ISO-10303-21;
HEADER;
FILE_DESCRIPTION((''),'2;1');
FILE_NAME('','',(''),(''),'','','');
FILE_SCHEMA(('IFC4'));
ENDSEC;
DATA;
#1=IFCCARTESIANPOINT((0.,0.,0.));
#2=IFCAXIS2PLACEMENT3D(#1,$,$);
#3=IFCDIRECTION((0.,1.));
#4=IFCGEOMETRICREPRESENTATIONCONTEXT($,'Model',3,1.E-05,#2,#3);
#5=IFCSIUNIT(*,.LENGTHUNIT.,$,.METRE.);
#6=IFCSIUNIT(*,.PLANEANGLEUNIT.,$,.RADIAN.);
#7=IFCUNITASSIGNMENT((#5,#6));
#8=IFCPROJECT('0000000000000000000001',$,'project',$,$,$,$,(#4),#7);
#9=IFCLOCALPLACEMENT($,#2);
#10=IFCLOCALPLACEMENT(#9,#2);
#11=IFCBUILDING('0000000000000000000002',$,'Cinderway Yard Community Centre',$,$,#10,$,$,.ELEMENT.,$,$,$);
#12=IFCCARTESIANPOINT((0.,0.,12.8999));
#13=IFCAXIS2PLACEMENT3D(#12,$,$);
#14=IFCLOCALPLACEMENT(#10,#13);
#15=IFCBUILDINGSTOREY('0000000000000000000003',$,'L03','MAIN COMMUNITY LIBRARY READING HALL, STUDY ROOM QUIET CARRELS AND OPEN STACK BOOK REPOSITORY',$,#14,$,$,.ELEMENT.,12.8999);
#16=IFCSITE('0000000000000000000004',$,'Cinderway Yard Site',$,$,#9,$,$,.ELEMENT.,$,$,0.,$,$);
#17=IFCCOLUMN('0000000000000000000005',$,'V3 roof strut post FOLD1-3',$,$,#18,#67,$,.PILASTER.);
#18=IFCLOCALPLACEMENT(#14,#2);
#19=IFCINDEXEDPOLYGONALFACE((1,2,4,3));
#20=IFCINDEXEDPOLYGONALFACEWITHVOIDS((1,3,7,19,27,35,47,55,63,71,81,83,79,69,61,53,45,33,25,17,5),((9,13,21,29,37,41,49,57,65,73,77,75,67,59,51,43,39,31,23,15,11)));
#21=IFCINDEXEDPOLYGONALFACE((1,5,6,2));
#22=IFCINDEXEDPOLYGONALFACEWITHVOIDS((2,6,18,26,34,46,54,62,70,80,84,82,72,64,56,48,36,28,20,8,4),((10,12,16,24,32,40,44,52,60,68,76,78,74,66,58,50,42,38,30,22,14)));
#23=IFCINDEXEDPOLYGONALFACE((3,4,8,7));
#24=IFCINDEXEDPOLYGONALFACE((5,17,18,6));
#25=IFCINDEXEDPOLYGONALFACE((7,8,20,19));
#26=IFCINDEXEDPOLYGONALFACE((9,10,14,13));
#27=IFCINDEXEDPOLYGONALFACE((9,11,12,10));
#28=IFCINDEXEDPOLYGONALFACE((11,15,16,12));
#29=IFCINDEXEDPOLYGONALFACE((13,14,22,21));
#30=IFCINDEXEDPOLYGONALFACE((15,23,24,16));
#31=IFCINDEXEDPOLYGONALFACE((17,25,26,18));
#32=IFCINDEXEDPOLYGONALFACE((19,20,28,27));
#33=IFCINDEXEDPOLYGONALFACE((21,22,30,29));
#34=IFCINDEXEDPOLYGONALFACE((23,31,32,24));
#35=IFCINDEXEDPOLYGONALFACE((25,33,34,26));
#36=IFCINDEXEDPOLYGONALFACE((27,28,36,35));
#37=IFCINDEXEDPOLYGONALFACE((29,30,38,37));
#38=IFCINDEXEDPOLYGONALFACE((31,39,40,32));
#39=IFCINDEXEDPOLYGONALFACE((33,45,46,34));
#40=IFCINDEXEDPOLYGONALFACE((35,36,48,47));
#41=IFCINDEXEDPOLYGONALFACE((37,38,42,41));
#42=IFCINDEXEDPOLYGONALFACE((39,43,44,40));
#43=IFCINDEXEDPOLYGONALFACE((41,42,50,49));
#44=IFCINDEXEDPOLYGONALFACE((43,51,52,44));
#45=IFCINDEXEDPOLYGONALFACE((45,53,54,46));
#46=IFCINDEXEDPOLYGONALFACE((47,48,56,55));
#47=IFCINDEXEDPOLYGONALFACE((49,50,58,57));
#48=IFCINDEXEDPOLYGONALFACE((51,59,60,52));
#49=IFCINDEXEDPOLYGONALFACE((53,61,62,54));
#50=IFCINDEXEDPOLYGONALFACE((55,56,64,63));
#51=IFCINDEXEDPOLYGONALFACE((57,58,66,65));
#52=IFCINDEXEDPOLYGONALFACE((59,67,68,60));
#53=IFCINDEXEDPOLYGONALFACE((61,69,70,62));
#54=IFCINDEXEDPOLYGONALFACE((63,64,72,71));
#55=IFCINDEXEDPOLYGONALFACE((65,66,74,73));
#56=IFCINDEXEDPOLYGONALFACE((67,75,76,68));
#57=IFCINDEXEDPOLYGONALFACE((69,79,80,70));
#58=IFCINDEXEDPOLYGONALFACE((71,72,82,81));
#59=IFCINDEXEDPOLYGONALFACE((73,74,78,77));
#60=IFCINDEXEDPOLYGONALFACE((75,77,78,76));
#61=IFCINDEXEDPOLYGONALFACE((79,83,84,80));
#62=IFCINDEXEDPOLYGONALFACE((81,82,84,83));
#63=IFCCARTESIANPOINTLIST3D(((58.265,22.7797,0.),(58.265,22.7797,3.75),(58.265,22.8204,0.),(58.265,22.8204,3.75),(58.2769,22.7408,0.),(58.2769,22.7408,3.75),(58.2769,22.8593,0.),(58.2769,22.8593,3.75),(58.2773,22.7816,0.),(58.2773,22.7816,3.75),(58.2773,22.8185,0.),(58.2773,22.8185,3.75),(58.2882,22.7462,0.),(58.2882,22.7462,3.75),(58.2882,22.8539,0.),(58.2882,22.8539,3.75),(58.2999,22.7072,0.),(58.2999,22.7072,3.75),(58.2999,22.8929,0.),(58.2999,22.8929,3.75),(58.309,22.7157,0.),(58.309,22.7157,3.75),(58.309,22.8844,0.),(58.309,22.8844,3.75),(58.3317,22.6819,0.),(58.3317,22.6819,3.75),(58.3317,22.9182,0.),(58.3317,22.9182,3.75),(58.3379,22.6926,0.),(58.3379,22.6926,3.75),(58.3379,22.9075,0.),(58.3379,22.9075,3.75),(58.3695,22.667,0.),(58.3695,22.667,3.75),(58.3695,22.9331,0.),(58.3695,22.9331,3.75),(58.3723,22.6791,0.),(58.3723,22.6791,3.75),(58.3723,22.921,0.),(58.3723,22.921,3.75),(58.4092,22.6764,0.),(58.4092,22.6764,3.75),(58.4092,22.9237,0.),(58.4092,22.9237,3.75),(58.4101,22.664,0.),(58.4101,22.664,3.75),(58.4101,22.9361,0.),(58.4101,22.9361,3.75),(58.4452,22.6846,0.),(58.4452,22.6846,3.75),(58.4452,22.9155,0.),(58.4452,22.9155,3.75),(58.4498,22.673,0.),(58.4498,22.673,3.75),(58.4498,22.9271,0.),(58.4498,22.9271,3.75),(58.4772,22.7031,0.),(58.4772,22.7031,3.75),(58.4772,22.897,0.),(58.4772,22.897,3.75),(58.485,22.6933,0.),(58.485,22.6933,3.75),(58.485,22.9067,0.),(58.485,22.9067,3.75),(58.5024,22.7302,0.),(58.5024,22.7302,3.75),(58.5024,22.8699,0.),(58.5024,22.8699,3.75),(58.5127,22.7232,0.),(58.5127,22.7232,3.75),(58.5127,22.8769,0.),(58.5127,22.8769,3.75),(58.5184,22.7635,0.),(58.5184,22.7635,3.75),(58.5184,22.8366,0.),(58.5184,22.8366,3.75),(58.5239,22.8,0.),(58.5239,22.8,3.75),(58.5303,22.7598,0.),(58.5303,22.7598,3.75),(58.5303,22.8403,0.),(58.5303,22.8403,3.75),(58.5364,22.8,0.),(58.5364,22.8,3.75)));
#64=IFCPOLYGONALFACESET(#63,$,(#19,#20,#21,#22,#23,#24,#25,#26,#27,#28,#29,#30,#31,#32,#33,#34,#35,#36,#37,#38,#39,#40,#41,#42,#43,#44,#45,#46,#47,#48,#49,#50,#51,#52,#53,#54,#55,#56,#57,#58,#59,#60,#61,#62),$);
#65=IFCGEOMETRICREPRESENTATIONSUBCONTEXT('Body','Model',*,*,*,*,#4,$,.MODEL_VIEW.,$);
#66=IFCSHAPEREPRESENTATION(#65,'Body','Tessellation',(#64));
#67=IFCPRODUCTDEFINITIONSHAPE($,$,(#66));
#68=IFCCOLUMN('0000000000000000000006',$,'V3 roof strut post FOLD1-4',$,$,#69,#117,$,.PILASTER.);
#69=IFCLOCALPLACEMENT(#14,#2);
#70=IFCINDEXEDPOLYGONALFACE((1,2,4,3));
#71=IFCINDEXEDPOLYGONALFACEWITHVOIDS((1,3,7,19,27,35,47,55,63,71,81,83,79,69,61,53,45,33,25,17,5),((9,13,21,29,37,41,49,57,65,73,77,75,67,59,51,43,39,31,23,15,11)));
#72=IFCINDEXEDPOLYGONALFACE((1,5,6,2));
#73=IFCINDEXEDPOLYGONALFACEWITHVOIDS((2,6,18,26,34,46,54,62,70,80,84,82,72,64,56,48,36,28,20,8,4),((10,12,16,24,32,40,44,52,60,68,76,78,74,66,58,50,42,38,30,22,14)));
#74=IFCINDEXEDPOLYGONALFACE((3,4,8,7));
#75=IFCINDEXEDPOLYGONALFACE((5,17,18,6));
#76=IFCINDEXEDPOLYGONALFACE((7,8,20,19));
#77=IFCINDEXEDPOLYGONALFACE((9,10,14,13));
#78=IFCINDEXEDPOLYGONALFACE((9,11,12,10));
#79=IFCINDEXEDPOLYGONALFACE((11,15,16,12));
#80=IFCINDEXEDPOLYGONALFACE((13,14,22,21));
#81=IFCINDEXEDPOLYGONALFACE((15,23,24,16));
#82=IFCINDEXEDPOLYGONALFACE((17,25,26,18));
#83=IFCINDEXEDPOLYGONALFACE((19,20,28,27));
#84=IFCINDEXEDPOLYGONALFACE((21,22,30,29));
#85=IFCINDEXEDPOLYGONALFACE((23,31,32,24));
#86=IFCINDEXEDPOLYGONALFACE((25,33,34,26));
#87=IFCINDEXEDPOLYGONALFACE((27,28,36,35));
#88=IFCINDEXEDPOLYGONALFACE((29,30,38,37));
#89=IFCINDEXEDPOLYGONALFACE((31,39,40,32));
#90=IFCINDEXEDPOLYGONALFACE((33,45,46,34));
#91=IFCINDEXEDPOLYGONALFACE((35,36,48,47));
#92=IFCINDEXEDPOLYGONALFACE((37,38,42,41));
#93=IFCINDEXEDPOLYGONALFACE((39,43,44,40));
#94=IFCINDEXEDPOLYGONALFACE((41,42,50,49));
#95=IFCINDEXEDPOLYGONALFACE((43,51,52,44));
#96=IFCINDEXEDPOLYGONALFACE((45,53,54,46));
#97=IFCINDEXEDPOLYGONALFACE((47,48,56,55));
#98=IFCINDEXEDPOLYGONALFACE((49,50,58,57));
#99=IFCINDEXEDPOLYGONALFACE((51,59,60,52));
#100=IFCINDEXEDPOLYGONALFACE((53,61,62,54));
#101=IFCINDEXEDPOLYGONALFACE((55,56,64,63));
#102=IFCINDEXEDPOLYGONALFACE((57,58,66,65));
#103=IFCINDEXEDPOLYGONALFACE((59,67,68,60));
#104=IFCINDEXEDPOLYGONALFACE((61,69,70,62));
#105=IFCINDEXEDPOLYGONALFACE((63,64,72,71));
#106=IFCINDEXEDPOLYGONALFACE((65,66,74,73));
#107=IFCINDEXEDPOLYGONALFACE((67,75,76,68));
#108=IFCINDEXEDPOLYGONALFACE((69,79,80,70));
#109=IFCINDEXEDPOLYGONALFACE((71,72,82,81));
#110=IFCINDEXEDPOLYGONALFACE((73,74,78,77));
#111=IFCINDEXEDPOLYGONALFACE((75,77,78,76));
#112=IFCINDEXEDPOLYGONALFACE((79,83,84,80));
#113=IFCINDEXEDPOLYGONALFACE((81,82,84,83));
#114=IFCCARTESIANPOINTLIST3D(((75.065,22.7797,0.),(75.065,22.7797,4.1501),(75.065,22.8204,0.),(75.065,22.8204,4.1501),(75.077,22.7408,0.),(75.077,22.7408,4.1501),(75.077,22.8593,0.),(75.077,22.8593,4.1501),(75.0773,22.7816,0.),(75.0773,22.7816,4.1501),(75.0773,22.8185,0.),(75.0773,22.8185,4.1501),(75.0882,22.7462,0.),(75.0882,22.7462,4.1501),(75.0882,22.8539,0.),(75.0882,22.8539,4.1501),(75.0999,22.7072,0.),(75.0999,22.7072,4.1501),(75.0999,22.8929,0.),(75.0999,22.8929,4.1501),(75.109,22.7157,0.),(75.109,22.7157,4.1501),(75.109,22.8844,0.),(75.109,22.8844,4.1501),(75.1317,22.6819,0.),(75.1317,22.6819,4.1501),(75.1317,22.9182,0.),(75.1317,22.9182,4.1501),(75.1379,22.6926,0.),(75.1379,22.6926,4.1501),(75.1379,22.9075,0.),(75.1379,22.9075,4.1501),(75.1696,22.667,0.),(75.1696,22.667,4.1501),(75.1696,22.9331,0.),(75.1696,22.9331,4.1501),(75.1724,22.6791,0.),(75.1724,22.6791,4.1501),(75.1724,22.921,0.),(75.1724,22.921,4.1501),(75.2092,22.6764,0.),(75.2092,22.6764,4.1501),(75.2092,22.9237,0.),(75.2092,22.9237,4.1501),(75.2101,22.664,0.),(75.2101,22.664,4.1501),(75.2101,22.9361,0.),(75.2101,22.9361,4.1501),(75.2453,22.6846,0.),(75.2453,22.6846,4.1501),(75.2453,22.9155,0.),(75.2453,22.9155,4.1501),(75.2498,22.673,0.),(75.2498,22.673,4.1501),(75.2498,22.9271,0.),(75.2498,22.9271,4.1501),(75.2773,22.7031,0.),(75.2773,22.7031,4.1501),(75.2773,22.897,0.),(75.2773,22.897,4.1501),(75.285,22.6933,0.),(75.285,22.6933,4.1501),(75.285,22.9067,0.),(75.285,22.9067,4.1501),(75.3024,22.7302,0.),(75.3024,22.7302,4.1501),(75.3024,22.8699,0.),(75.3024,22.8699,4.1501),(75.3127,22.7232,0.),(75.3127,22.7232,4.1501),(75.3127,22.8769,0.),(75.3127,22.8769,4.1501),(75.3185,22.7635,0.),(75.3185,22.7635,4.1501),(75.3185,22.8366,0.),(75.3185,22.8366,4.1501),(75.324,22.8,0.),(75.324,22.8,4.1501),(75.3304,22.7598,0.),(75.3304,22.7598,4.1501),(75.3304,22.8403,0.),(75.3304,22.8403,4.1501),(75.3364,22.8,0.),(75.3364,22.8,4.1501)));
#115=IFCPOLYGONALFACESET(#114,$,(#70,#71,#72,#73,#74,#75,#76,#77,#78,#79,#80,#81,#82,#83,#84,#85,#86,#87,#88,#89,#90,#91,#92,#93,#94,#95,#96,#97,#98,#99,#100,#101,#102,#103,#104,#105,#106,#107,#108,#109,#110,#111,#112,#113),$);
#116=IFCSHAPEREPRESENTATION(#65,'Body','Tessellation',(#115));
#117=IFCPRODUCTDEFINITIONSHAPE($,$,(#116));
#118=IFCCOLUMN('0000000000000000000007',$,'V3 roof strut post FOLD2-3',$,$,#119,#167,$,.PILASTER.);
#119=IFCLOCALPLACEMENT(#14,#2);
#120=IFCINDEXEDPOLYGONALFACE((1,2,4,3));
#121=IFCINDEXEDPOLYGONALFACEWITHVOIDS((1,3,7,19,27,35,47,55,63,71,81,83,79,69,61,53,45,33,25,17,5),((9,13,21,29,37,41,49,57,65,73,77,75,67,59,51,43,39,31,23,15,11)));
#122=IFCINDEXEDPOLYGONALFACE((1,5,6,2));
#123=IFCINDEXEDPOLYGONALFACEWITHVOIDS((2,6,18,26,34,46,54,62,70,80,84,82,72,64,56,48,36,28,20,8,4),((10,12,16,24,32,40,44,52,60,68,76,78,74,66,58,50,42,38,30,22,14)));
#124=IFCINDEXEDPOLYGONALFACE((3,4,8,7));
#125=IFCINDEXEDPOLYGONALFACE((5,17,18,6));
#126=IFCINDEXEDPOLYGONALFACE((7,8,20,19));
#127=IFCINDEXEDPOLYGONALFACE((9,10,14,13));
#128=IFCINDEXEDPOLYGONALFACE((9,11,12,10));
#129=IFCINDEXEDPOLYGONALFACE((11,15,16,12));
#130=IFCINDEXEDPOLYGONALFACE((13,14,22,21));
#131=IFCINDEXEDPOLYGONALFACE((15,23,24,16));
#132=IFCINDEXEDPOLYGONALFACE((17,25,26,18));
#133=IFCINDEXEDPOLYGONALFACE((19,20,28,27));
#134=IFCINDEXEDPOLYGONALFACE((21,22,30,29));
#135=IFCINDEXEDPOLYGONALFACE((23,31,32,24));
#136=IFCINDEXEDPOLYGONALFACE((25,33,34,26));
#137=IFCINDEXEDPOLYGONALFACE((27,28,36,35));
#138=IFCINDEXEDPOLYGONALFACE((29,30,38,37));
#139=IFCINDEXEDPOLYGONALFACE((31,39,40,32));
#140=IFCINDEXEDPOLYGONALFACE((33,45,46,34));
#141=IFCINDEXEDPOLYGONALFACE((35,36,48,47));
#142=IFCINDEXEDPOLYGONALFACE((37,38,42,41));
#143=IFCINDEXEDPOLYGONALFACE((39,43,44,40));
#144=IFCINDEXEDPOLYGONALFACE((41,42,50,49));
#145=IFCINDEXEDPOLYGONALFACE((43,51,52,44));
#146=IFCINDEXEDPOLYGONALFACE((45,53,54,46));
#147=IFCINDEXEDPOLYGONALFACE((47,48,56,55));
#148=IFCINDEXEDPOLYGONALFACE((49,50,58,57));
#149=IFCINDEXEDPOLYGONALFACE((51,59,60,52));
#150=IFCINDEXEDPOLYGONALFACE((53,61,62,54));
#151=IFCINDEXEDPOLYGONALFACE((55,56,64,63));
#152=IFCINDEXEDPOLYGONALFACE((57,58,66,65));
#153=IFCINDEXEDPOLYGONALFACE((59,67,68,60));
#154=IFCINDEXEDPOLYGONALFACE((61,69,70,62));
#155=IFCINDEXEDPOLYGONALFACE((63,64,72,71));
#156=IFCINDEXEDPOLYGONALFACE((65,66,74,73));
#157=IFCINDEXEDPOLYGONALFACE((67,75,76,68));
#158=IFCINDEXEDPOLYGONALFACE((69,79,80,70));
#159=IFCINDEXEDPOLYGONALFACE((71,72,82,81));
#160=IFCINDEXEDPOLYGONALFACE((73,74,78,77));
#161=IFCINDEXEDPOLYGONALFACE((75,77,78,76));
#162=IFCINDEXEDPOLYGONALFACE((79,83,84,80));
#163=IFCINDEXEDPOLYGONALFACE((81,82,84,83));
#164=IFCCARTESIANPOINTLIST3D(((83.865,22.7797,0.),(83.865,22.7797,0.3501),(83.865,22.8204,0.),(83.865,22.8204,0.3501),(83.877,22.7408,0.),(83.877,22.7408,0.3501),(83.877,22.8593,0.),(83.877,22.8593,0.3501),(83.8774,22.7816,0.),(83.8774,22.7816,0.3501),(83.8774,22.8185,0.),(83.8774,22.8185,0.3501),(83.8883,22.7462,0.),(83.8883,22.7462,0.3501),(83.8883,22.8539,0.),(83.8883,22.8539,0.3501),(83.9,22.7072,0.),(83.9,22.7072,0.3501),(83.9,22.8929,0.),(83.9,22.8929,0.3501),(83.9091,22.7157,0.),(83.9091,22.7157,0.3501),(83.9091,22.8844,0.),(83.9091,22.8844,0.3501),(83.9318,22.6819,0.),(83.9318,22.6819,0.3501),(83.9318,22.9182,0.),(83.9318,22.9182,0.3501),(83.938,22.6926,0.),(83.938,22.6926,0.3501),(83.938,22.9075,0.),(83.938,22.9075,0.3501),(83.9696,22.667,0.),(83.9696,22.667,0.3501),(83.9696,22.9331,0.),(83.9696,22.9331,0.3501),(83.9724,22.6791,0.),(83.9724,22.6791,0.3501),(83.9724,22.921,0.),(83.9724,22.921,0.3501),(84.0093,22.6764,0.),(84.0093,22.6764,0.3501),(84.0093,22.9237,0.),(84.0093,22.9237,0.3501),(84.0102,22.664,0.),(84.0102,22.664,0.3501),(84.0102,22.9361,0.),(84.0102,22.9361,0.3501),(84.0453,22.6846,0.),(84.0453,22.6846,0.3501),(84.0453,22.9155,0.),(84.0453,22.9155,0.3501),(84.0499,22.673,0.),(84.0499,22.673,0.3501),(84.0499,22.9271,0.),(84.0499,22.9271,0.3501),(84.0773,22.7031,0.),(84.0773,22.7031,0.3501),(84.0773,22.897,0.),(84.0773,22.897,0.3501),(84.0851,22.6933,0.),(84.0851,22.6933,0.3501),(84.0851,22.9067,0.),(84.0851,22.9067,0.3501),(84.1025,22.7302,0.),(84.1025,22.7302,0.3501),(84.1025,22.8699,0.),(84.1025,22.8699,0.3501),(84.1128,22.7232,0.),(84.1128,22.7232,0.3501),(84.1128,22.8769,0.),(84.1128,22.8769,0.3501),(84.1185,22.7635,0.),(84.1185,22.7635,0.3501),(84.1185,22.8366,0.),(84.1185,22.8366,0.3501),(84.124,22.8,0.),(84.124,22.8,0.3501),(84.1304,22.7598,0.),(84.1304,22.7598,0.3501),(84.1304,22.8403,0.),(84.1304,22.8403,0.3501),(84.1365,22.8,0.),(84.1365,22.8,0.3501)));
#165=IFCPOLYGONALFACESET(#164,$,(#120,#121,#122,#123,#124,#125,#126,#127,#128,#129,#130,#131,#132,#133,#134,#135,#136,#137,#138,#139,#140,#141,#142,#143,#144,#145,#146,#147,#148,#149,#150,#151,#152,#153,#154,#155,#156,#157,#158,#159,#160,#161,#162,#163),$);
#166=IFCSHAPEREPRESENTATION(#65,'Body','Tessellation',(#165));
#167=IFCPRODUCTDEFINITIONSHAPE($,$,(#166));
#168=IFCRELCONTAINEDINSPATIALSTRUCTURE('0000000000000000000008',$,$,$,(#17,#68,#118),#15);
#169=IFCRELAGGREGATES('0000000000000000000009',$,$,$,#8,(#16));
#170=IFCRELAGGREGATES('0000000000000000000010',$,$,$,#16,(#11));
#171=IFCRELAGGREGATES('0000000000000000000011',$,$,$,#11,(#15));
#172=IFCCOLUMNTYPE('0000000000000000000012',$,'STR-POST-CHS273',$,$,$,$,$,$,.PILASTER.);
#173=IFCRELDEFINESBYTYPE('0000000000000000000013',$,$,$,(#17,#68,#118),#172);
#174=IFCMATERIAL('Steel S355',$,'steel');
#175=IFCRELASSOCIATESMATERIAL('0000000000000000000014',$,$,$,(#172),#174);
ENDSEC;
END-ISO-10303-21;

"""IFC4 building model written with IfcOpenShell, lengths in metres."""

from ifc_helpers import new_model, si_unit, direction, frame, origin, origin_2d, place, context, subcontext, project, spatial, hollow_circle, extrude, material, material_profile, profile_set, type_object, element, save


model = new_model("IFC4")

# Units and contexts
model_context = context("Model", 3, precision=1e-05, world=origin(), true_north=direction((0.0, 1.0)))
body_context = subcontext(model_context, "Body", "Model", "MODEL_VIEW")
ifc_project = project(units=[si_unit("LENGTHUNIT", "METRE"), si_unit("PLANEANGLEUNIT", "RADIAN")], contexts=[model_context])

# Site, building, storey
site_placement = place(None, origin())
site = spatial("IfcSite", under=ifc_project, at=site_placement, Name="Cinderway Yard Site", CompositionType="ELEMENT", RefElevation=0.0)
building_placement = place(site_placement, origin())
building = spatial("IfcBuilding", under=site, at=building_placement, Name="Cinderway Yard Community Centre", CompositionType="ELEMENT")
storey_placement = place(building_placement, frame((0.0, 0.0, 12.8999)))
storey = spatial("IfcBuildingStorey", under=building, at=storey_placement, Name="L03", Description="MAIN COMMUNITY LIBRARY READING HALL, STUDY ROOM QUIET CARRELS AND OPEN STACK BOOK REPOSITORY", CompositionType="ELEMENT", Elevation=12.8999)

# Columns
ifc_material_1 = material(Name="Steel S355", Category="steel")
ifc_material_profile_1 = material_profile(ifc_material_1, hollow_circle(Radius=0.1365, WallThickness=0.0125, at=origin_2d()), Name="Steel S355")
ifc_profile_set_1 = profile_set([ifc_material_profile_1], Name="Steel S355")
column_type = type_object("IfcColumnType", Name="STR-POST-CHS273", PredefinedType="PILASTER", material=ifc_profile_set_1)
column_1_placement = place(storey_placement, frame((58.3999, 22.8, 0.0), z_axis=(0.0, 0.0, 1.0), x_axis=(1.0, 0.0, 0.0)))
element("IfcColumn", 1, at=column_1_placement, inside=storey, type_object=column_type, Name="V3 roof strut post FOLD1-3", PredefinedType="PILASTER", context=body_context, shape_type="SweptSolid", body=[
    extrude(hollow_circle(Radius=0.1365, WallThickness=0.0125, at=origin_2d()), origin(), (0.0, 0.0, 1.0), 3.75),
])
column_2_placement = place(storey_placement, frame((75.2, 22.8, 0.0), z_axis=(0.0, 0.0, 1.0), x_axis=(1.0, 0.0, 0.0)))
element("IfcColumn", 2, at=column_2_placement, inside=storey, type_object=column_type, Name="V3 roof strut post FOLD1-4", PredefinedType="PILASTER", context=body_context, shape_type="SweptSolid", body=[
    extrude(hollow_circle(Radius=0.1365, WallThickness=0.0125, at=origin_2d()), origin(), (0.0, 0.0, 1.0), 4.1501),
])
column_3_placement = place(storey_placement, frame((84.0, 22.8, 0.0), z_axis=(0.0, 0.0, 1.0), x_axis=(1.0, 0.0, 0.0)))
element("IfcColumn", 3, at=column_3_placement, inside=storey, type_object=column_type, Name="V3 roof strut post FOLD2-3", PredefinedType="PILASTER", context=body_context, shape_type="SweptSolid", body=[
    extrude(hollow_circle(Radius=0.1365, WallThickness=0.0125, at=origin_2d()), origin(), (0.0, 0.0, 1.0), 0.3501),
])

save(model, "model.ifc")
